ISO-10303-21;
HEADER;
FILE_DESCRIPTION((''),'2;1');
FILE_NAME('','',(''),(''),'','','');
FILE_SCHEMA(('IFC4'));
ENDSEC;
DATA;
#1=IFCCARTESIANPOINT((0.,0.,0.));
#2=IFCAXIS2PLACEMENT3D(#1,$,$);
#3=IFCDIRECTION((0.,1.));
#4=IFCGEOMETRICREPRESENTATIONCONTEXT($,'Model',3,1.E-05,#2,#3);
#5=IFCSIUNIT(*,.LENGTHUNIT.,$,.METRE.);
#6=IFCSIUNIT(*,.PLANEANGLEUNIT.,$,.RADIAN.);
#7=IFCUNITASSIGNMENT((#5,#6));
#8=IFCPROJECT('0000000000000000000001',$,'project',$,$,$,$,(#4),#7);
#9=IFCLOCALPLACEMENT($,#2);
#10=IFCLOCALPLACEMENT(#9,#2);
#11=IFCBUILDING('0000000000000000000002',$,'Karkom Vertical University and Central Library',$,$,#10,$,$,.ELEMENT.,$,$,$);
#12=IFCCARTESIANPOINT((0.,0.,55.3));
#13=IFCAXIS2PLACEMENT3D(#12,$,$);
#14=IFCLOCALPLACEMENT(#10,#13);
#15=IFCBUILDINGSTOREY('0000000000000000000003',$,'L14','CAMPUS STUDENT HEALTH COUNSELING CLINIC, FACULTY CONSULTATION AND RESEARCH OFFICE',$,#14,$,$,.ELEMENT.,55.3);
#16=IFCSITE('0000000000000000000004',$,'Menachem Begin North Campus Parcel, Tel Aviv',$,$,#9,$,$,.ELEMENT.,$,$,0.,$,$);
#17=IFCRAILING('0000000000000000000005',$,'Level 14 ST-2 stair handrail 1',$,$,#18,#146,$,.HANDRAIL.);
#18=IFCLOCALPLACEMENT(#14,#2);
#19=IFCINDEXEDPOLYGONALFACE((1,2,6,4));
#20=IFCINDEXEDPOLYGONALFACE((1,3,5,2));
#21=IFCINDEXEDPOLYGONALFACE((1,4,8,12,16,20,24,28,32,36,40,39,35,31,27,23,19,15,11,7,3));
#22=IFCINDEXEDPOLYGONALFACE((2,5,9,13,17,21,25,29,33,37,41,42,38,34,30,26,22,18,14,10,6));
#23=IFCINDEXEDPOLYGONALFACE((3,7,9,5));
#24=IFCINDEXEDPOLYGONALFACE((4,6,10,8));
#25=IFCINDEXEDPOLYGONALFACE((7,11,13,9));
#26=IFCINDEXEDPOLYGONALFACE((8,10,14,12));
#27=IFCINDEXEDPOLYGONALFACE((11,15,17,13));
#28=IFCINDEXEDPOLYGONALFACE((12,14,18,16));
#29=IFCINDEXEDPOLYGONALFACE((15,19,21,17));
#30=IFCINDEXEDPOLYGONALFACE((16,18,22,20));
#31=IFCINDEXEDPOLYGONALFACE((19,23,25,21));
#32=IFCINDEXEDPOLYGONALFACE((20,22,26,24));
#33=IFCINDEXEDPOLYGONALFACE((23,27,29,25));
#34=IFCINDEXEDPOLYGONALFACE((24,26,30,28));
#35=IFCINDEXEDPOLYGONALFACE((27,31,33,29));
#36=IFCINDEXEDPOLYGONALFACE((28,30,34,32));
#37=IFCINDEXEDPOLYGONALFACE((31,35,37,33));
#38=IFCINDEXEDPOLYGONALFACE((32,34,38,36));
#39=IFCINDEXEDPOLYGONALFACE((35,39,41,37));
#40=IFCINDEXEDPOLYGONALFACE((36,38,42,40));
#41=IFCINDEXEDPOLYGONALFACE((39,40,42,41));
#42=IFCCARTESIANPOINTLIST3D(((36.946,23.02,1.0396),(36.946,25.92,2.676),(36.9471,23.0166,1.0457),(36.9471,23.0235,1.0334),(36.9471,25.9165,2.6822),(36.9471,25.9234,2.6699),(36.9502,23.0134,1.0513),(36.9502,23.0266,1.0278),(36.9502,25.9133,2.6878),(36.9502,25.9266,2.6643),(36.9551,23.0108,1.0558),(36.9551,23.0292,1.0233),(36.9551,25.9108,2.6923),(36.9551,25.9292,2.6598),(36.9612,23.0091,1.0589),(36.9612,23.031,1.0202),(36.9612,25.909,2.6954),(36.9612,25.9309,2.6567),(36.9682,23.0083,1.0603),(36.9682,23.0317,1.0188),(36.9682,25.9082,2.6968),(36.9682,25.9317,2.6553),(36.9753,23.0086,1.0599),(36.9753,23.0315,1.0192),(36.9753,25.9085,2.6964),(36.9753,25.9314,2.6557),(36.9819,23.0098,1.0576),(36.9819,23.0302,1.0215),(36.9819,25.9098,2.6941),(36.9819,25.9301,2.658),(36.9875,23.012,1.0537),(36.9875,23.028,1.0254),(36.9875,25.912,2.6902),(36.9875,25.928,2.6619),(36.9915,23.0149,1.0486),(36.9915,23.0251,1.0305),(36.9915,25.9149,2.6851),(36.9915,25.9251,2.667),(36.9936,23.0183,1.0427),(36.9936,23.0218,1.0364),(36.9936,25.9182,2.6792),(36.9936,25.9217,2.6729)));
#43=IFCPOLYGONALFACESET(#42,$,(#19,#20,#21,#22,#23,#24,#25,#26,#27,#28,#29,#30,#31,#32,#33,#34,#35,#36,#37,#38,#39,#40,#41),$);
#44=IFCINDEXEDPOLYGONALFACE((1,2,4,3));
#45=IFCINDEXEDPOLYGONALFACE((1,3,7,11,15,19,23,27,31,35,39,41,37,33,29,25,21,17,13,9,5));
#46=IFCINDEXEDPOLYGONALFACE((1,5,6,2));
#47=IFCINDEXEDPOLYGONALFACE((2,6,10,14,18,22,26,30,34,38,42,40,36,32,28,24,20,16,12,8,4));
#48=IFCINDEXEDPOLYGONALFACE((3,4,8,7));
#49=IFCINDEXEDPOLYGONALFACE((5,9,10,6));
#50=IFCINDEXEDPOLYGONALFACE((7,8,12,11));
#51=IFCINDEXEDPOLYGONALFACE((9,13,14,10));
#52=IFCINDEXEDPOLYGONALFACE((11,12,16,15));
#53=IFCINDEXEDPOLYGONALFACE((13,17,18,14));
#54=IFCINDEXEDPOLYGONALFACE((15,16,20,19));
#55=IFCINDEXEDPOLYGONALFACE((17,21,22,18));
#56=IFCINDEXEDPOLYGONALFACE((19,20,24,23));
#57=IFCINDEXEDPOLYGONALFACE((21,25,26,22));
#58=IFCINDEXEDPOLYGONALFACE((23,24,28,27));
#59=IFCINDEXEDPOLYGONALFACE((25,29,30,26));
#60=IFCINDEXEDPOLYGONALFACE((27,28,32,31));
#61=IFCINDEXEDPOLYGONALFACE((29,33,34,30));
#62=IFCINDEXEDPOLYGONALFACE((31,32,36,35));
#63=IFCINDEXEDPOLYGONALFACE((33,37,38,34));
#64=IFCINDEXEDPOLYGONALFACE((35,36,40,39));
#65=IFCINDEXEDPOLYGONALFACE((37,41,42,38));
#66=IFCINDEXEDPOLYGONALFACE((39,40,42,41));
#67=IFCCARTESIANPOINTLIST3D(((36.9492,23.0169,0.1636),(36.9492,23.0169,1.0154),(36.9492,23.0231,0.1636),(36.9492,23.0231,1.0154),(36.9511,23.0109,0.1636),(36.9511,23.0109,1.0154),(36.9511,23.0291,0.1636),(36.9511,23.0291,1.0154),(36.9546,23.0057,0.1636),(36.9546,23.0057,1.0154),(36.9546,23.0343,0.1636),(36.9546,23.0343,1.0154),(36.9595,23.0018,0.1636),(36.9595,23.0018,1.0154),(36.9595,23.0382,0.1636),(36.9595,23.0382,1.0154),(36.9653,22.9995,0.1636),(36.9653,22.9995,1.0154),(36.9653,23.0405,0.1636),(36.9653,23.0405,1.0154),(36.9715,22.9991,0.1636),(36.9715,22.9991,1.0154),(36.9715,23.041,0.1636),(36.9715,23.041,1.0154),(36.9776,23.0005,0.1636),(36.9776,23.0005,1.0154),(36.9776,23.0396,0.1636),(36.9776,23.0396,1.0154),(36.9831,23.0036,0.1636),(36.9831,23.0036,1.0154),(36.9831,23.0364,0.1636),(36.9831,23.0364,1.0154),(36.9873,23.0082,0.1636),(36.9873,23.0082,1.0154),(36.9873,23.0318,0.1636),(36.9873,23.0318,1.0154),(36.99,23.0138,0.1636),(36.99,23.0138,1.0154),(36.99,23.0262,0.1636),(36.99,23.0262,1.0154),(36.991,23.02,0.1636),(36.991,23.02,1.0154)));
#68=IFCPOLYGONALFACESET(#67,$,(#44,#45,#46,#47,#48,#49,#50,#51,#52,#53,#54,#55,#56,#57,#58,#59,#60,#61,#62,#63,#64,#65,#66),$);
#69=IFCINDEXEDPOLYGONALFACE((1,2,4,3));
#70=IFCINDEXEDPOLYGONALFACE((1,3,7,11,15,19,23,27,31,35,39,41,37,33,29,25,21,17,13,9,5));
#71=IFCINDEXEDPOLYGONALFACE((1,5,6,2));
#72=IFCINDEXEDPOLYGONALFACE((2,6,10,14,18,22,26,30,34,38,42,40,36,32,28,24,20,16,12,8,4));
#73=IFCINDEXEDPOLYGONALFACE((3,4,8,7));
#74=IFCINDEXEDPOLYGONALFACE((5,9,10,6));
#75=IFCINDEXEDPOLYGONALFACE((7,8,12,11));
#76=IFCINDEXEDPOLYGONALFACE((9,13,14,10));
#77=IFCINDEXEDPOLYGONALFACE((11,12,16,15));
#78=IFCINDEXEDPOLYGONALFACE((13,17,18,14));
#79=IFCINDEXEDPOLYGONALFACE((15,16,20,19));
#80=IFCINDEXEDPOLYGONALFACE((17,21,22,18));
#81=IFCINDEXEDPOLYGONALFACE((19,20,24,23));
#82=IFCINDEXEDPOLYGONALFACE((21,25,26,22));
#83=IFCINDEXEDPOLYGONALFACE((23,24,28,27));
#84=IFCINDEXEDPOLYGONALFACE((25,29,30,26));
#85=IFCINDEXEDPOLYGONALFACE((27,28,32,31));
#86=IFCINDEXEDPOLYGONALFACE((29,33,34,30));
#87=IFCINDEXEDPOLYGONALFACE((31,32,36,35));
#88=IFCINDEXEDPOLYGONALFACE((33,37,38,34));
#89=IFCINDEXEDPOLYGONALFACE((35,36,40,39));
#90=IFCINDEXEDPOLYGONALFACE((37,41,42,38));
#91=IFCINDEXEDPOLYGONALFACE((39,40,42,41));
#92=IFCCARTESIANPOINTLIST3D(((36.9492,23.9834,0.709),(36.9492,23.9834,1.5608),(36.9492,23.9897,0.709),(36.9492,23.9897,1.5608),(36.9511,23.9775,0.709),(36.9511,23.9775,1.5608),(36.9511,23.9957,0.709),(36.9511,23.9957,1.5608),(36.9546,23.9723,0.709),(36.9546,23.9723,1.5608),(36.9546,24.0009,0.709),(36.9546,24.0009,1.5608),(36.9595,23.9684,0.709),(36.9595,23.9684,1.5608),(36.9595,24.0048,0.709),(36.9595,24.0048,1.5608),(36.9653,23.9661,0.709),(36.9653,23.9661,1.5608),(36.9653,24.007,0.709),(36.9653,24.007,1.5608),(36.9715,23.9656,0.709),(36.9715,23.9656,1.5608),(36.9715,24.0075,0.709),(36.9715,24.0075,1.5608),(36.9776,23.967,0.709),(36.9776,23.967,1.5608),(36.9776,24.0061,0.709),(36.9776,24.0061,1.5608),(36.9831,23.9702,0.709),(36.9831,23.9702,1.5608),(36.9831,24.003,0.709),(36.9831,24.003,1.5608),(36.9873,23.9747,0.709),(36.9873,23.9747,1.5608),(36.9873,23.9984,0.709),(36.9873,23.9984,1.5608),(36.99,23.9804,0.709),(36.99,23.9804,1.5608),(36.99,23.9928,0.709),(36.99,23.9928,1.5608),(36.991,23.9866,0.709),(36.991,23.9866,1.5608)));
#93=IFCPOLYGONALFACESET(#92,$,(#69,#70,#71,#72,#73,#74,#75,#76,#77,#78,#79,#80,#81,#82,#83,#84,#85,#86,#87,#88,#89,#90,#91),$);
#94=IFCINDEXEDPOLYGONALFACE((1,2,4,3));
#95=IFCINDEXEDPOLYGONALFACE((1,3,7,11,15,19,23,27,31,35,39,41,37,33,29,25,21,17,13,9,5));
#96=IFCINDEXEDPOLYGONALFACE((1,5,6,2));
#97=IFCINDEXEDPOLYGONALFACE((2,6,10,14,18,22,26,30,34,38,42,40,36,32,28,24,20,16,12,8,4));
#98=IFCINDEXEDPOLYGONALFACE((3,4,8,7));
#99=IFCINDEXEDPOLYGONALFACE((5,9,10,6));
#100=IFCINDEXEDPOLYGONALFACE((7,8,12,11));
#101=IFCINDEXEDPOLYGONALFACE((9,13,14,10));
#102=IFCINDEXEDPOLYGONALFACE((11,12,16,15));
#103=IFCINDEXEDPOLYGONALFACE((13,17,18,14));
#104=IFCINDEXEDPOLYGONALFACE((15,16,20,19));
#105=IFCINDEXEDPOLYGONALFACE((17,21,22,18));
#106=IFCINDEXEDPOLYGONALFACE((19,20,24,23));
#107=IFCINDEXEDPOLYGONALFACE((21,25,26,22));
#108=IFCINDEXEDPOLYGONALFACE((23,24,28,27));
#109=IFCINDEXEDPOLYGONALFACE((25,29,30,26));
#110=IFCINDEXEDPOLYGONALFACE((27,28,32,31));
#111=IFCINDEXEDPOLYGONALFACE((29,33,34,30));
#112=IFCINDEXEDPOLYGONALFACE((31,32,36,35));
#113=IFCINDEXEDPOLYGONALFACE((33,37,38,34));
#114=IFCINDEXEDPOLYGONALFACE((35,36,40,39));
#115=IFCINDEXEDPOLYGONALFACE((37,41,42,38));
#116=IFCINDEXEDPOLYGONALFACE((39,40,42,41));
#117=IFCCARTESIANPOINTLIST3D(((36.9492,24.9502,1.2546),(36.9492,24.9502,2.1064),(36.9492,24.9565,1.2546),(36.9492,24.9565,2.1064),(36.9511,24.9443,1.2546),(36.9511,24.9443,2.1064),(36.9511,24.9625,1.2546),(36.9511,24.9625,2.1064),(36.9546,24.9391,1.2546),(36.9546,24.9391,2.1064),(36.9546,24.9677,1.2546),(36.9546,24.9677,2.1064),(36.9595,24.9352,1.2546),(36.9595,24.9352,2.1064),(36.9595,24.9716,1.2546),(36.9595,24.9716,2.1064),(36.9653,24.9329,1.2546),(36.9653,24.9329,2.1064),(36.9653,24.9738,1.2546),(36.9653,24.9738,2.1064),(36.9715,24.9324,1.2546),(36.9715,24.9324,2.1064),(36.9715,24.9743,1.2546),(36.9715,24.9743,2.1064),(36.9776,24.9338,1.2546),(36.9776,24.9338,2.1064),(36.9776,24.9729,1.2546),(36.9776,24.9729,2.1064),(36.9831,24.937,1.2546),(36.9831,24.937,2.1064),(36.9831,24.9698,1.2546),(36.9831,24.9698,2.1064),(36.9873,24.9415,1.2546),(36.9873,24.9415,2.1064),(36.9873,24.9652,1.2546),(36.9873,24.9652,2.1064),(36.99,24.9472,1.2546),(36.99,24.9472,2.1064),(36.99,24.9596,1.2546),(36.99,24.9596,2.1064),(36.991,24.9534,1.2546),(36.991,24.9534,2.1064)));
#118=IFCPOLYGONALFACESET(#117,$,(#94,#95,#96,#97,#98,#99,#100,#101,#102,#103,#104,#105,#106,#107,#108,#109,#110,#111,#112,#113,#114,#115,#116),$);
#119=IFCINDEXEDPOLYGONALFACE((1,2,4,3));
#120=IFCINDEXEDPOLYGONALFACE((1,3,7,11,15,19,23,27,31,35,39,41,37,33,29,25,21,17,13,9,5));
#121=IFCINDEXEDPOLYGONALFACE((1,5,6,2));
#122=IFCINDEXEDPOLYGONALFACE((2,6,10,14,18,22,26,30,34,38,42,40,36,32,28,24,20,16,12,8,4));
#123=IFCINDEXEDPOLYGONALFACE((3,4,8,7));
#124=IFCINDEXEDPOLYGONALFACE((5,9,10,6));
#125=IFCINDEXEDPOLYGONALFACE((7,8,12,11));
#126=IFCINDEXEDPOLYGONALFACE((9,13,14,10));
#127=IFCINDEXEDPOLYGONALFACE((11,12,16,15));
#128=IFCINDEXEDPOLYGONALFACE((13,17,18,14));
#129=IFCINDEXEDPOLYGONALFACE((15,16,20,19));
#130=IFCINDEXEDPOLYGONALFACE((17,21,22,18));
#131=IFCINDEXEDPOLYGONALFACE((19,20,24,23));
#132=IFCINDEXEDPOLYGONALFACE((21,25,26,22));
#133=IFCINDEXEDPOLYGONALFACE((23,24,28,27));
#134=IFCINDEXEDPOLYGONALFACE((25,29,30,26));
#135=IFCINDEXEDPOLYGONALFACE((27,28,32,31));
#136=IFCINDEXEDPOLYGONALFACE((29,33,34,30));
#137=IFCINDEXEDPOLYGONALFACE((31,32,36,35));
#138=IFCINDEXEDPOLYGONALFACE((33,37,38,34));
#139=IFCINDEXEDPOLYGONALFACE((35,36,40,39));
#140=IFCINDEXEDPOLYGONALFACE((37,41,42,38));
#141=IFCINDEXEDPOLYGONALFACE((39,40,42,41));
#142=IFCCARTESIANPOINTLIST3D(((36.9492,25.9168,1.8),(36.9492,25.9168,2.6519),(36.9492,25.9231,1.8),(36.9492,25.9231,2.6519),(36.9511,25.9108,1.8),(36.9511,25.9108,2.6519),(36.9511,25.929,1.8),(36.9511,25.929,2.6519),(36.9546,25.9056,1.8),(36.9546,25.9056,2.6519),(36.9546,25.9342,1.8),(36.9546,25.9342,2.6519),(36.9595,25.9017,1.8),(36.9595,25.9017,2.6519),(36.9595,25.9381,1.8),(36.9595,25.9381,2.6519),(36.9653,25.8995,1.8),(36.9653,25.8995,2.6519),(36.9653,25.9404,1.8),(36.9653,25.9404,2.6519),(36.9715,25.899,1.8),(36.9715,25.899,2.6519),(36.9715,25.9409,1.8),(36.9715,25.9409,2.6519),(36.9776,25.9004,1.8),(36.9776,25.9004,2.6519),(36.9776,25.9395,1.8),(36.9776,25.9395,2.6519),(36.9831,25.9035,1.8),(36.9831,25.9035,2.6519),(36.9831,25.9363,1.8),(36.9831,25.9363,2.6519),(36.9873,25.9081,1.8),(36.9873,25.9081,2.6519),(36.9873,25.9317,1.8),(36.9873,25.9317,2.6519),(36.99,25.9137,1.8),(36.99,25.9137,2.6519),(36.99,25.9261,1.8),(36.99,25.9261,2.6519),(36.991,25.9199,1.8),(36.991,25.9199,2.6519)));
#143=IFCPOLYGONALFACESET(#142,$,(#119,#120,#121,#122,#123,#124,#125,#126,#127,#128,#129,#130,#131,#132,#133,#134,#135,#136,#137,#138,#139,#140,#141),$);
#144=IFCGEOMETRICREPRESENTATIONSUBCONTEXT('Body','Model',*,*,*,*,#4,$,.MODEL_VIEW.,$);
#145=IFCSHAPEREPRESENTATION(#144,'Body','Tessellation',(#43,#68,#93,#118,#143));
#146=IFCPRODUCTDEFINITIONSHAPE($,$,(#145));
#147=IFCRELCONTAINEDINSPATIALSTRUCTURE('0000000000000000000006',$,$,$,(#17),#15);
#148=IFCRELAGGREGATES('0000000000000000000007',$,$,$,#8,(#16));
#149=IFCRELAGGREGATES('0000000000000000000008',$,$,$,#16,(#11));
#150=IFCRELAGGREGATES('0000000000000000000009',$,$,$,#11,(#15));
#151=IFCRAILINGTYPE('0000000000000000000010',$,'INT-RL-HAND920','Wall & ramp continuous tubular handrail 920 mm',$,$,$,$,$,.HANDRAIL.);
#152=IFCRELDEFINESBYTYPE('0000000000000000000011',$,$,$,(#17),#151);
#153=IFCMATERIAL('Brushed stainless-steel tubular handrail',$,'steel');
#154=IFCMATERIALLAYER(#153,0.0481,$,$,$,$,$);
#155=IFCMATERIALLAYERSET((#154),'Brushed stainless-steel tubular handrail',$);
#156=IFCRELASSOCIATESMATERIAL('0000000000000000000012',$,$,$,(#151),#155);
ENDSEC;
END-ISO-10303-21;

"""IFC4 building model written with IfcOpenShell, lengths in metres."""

from ifc_helpers import new_model, si_unit, direction, frame, origin, origin_2d, place, context, subcontext, project, spatial, circle, extrude, material, layer, layer_set, type_object, element, save


model = new_model("IFC4")

# Units and contexts
model_context = context("Model", 3, precision=1e-05, world=origin(), true_north=direction((0.0, 1.0)))
body_context = subcontext(model_context, "Body", "Model", "MODEL_VIEW")
ifc_project = project(units=[si_unit("LENGTHUNIT", "METRE"), si_unit("PLANEANGLEUNIT", "RADIAN")], contexts=[model_context])

# Site, building, storey
site_placement = place(None, origin())
site = spatial("IfcSite", under=ifc_project, at=site_placement, Name="Menachem Begin North Campus Parcel, Tel Aviv", CompositionType="ELEMENT", RefElevation=0.0)
building_placement = place(site_placement, origin())
building = spatial("IfcBuilding", under=site, at=building_placement, Name="Karkom Vertical University and Central Library", CompositionType="ELEMENT")
storey_placement = place(building_placement, frame((0.0, 0.0, 55.3)))
storey = spatial("IfcBuildingStorey", under=building, at=storey_placement, Name="L14", Description="CAMPUS STUDENT HEALTH COUNSELING CLINIC, FACULTY CONSULTATION AND RESEARCH OFFICE", CompositionType="ELEMENT", Elevation=55.3)

# Railing
ifc_material_1 = material(Name="Brushed stainless-steel tubular handrail", Category="steel")
ifc_layer_1 = layer(ifc_material_1, 0.0481)
ifc_layer_set_1 = layer_set([ifc_layer_1], Name="Brushed stainless-steel tubular handrail")
railing_type_1 = type_object("IfcRailingType", Name="INT-RL-HAND920", Description="Wall & ramp continuous tubular handrail 920 mm", PredefinedType="HANDRAIL", material=ifc_layer_set_1)
railing_1_placement = place(storey_placement, frame((36.97, 23.02, 0.1636)))
element("IfcRailing", 1, at=railing_1_placement, inside=storey, type_object=railing_type_1, Name="Level 14 ST-2 stair handrail 1", PredefinedType="HANDRAIL", context=body_context, shape_type="SweptSolid", body=[
    extrude(circle(Radius=0.0239, at=origin_2d()), frame((0.0, 0.0, 0.876), z_axis=(0.0, 0.870897, 0.491465), x_axis=(-1.0, 0.0, 0.0)), (0.0, 0.0, 1.0), 3.3298),
    extrude(circle(Radius=0.021, at=origin_2d()), origin(), (0.0, 0.0, 1.0), 0.8518),
    extrude(circle(Radius=0.021, at=origin_2d()), frame((0.0, 0.9666, 0.5454)), (0.0, 0.0, 1.0), 0.8518),
    extrude(circle(Radius=0.021, at=origin_2d()), frame((0.0, 1.9333, 1.0911)), (0.0, 0.0, 1.0), 0.8518),
    extrude(circle(Radius=0.021, at=origin_2d()), frame((0.0, 2.8999, 1.6365)), (0.0, 0.0, 1.0), 0.8518),
])

save(model, "model.ifc")
